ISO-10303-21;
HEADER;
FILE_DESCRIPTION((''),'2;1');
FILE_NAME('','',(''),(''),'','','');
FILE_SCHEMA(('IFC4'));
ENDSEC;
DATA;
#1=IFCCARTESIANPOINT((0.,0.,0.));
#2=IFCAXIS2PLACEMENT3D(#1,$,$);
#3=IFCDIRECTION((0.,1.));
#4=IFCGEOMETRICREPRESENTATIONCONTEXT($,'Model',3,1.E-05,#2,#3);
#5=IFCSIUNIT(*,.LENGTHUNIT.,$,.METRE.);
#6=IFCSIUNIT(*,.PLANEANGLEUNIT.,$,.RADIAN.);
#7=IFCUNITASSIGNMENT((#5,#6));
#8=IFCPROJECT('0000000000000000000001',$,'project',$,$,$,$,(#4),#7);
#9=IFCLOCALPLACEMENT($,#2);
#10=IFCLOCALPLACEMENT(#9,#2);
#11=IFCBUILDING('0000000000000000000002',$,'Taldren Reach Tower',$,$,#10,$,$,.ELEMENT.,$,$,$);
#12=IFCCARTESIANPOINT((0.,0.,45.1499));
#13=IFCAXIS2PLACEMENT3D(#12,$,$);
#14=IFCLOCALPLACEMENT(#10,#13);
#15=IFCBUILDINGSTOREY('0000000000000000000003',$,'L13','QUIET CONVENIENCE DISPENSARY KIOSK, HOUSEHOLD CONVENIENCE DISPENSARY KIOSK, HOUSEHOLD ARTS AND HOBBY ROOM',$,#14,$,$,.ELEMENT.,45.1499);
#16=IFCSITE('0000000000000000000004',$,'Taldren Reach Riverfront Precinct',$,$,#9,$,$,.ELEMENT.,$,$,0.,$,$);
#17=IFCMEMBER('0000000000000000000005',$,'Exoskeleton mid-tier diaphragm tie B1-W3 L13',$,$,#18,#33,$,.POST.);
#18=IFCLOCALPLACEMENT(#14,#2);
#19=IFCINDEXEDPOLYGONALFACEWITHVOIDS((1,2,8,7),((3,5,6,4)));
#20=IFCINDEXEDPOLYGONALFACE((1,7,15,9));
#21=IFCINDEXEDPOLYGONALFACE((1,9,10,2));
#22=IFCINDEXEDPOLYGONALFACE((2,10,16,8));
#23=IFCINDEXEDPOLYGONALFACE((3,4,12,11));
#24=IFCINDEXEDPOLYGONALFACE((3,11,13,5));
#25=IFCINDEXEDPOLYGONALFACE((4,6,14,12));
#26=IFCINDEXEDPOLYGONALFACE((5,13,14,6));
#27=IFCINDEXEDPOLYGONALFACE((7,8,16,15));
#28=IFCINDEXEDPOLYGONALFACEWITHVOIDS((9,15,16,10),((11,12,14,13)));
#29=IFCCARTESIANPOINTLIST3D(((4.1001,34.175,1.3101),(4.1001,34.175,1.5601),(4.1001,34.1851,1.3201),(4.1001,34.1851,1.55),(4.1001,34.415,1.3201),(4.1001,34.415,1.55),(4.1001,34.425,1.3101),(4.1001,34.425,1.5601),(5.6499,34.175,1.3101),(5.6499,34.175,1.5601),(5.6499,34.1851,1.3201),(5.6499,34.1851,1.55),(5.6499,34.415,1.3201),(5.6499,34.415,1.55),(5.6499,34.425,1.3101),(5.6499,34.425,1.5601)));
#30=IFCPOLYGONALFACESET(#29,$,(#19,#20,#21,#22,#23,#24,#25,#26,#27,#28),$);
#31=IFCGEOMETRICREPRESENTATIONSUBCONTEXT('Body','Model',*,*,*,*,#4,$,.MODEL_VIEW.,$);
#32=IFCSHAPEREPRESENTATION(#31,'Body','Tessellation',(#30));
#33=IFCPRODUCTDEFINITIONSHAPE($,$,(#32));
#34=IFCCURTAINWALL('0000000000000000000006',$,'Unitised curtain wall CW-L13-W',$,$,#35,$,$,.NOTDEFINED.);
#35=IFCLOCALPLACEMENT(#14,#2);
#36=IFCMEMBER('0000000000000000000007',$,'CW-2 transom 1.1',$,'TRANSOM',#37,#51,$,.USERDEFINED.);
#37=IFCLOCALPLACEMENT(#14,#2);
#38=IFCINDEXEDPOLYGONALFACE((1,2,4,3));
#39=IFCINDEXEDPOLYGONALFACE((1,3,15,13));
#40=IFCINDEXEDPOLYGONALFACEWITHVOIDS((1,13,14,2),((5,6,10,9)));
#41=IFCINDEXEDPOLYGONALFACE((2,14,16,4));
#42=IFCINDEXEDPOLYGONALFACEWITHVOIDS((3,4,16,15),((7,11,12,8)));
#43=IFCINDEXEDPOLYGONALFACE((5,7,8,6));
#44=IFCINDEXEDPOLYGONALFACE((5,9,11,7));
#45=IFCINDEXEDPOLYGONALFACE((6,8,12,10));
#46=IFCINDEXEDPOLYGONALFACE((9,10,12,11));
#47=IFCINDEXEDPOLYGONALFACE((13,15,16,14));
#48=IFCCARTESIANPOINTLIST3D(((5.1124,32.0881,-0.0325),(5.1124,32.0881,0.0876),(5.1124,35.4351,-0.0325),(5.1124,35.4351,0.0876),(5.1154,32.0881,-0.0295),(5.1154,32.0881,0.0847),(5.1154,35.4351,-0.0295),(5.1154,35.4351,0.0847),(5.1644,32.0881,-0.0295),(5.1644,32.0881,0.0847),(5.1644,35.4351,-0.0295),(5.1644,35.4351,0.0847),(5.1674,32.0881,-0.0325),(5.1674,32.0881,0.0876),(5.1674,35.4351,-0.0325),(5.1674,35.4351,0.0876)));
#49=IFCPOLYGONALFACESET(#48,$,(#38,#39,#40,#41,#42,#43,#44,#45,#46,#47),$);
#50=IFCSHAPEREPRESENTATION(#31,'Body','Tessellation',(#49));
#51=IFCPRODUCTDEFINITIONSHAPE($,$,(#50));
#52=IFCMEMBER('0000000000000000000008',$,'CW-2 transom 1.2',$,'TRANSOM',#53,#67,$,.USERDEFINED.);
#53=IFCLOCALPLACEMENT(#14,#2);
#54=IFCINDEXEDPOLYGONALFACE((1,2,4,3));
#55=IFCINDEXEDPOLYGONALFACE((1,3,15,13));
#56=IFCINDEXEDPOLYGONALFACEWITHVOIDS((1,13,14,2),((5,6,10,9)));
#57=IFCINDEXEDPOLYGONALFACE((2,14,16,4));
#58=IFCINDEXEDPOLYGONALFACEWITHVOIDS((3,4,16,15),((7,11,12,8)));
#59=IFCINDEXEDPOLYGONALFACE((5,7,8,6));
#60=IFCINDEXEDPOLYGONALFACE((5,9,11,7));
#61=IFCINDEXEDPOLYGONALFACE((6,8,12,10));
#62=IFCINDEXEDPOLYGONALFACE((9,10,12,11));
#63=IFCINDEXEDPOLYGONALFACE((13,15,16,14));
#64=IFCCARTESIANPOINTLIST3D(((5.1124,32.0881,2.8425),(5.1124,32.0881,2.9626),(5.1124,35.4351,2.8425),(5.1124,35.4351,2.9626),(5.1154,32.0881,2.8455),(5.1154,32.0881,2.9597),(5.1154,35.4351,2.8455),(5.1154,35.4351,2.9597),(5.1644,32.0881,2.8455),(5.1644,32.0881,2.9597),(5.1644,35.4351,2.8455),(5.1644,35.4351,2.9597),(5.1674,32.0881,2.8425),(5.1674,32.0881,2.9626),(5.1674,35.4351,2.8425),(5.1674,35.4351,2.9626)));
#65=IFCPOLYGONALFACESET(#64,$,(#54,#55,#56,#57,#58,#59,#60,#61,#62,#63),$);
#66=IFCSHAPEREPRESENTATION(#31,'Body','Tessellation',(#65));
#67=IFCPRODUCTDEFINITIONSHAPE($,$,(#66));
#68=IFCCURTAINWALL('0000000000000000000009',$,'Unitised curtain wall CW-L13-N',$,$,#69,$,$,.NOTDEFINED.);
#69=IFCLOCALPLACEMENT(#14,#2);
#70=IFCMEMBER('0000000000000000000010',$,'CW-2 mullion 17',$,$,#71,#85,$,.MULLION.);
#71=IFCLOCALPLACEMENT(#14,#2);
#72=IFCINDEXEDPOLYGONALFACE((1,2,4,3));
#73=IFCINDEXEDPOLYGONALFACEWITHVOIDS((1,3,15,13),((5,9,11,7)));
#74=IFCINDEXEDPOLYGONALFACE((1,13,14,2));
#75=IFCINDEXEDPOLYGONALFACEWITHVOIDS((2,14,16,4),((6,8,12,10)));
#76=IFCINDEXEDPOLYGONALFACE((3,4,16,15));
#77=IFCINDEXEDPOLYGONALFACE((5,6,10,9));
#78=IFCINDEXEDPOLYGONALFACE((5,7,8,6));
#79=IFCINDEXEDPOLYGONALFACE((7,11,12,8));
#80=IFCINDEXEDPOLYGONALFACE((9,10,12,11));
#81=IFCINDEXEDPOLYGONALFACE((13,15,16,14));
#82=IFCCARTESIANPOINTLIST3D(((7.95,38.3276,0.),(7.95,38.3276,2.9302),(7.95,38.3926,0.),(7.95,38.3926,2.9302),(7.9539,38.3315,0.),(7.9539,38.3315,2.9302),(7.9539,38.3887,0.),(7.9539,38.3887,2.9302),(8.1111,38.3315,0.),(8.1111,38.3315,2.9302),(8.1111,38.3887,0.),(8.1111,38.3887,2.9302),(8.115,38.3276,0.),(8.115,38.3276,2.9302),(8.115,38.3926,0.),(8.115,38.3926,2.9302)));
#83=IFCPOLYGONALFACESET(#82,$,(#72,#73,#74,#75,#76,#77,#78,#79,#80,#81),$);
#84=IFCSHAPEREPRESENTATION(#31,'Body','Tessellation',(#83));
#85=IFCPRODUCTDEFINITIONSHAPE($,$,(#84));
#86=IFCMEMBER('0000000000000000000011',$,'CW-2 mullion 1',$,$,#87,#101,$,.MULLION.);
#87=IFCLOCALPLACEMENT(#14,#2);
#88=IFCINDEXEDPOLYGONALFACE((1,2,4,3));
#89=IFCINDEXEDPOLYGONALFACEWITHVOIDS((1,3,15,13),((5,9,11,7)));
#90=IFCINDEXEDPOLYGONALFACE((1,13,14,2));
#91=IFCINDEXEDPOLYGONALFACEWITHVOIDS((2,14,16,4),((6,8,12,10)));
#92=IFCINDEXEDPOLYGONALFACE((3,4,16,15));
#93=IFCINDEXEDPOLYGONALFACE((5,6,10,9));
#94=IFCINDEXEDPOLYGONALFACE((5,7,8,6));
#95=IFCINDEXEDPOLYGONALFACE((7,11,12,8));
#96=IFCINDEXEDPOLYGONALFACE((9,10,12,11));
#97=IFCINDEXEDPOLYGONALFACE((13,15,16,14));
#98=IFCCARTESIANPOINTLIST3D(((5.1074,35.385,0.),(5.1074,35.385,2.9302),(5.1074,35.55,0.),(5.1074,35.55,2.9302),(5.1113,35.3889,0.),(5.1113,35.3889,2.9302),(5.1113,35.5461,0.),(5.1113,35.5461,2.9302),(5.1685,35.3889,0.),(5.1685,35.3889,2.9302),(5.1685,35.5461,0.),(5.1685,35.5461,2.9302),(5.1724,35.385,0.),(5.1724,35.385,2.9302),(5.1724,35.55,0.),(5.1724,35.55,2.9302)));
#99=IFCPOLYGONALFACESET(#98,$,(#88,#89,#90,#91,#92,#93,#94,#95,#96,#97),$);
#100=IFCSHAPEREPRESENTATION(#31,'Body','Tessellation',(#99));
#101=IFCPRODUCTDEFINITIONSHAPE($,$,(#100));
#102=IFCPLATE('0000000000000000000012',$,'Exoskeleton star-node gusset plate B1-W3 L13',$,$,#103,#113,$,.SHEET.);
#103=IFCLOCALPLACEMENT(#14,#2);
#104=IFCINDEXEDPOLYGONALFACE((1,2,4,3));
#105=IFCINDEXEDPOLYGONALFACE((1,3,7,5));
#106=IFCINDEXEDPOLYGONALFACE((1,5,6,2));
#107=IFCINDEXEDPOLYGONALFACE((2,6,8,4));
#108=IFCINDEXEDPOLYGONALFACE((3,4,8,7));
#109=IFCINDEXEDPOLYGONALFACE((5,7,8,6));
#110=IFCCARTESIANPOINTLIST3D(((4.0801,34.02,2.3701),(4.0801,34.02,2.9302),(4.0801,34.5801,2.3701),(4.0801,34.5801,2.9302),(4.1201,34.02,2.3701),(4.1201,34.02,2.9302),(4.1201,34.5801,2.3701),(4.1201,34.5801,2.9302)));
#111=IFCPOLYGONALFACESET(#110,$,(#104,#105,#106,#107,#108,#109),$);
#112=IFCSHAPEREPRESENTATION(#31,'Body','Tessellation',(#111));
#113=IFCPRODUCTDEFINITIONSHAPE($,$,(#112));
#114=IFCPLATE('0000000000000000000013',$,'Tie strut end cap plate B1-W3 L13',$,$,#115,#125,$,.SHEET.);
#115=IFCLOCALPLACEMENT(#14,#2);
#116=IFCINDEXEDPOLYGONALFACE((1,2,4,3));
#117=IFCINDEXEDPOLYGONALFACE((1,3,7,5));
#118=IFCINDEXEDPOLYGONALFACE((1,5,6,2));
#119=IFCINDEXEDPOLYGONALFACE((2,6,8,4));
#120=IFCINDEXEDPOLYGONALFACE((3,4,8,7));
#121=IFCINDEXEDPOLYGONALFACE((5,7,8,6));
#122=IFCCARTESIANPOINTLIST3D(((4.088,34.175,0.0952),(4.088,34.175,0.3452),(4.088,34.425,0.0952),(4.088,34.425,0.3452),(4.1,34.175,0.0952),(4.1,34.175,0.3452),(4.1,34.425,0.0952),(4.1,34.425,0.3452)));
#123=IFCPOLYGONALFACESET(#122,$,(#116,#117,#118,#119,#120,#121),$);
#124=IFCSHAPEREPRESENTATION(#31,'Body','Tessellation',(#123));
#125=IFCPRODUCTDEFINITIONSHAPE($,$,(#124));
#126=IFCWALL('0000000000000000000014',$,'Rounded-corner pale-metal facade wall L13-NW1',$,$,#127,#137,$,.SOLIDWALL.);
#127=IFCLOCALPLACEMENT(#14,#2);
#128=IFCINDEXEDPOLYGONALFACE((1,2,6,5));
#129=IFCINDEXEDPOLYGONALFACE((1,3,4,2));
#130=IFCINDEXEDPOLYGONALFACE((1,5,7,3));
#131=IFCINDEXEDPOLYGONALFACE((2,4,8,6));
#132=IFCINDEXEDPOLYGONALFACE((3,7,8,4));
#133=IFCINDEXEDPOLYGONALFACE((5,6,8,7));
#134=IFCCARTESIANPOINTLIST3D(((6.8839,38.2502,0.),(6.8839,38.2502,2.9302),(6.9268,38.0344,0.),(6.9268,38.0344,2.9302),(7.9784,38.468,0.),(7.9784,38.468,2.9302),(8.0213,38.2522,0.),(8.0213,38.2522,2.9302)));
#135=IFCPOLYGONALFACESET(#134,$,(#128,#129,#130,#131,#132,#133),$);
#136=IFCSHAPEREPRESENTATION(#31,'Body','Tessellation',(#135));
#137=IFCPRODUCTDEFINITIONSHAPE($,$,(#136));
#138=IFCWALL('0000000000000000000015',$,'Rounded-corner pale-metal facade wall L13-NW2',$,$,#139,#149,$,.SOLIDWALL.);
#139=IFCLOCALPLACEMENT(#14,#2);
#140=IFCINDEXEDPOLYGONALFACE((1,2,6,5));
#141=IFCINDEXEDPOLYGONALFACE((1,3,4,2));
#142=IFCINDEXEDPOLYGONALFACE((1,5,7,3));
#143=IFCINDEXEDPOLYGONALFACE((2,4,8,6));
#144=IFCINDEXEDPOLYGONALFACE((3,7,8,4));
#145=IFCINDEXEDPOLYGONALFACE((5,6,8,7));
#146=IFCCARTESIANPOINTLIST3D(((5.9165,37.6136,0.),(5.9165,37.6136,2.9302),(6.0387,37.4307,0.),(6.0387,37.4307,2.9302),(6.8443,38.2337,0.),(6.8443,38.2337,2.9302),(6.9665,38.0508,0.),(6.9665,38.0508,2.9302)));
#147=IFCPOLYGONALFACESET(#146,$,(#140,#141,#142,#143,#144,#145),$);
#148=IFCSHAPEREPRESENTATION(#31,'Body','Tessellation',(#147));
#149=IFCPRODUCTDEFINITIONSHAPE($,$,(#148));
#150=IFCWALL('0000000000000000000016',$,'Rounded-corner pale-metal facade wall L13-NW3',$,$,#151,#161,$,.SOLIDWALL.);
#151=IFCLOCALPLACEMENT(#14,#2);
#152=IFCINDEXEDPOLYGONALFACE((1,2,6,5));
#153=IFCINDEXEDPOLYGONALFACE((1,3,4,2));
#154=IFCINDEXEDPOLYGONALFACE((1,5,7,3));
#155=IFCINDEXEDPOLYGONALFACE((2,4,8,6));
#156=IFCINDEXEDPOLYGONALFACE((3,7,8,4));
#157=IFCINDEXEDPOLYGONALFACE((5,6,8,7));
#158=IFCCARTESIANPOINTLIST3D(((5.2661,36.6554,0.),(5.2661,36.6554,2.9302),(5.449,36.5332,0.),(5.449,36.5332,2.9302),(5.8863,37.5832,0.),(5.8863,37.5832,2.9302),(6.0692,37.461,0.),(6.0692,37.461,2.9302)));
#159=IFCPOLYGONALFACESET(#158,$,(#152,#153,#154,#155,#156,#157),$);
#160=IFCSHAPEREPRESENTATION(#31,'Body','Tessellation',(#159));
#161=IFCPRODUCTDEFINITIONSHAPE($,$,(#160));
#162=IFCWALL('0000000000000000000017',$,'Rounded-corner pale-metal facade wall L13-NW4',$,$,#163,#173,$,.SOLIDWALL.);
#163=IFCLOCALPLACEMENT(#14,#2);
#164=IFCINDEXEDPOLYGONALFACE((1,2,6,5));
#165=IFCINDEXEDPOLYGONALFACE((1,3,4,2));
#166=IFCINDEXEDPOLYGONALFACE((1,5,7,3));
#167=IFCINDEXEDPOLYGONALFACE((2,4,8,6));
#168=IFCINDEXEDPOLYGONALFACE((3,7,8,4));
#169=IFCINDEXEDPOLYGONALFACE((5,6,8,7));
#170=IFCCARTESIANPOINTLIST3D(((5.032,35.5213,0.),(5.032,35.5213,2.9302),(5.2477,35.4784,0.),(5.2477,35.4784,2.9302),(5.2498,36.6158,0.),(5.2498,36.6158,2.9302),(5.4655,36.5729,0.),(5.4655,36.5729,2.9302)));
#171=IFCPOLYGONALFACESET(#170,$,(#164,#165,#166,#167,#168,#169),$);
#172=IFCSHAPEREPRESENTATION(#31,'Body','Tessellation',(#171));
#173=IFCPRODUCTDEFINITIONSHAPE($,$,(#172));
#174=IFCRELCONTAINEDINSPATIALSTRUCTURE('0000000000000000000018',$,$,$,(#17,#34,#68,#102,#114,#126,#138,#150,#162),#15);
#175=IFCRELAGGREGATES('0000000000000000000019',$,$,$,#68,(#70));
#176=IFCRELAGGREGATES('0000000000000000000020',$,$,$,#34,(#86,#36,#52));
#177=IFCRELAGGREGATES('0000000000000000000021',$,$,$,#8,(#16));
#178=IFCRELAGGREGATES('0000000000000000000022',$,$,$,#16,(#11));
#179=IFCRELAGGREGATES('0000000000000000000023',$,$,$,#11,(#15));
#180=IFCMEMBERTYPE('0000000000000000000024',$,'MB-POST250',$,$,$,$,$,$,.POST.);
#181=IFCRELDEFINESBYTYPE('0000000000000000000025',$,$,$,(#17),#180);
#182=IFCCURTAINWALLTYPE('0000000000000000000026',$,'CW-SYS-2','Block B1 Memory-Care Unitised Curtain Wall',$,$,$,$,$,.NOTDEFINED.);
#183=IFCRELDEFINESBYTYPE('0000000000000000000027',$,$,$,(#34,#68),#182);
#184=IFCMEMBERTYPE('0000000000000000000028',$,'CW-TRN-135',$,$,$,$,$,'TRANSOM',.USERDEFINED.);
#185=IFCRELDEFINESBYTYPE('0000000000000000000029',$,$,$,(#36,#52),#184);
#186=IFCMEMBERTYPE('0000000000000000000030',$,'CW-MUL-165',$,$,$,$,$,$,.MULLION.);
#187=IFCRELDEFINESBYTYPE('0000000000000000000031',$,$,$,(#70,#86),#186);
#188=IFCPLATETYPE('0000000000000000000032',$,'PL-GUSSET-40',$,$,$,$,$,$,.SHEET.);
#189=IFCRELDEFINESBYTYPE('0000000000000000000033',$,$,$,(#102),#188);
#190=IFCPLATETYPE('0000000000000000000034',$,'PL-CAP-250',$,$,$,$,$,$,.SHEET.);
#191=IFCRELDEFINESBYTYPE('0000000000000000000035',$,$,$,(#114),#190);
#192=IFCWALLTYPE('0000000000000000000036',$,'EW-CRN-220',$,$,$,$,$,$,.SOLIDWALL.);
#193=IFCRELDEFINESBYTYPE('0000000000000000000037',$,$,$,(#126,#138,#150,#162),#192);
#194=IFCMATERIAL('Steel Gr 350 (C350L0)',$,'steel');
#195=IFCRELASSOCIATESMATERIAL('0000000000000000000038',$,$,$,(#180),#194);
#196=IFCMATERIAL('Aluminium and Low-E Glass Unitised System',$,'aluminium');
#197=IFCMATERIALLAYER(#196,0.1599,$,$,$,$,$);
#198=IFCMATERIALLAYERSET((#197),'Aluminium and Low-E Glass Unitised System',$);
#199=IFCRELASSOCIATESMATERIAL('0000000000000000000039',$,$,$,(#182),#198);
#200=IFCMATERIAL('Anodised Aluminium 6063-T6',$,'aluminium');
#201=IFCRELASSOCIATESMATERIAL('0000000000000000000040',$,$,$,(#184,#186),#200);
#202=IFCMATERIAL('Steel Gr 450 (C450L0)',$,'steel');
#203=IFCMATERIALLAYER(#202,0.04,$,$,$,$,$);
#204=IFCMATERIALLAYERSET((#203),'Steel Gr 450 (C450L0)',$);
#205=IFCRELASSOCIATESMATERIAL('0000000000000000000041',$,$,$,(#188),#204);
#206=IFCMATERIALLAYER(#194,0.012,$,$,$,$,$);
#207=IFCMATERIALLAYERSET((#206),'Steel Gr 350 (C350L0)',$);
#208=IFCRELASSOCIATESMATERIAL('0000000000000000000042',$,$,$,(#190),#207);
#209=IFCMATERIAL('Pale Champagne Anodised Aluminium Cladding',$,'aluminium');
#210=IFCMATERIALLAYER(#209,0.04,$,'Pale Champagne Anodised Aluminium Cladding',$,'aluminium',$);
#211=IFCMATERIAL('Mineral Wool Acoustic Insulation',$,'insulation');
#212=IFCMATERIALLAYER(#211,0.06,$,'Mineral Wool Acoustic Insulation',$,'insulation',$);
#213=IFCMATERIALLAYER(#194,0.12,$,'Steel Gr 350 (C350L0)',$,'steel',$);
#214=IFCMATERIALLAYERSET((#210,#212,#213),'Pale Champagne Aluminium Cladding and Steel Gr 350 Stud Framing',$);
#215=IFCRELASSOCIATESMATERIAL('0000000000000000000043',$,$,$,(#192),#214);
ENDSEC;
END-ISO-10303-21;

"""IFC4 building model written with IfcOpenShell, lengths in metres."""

from ifc_helpers import new_model, si_unit, direction, frame, frame_2d, origin, origin_2d, place, context, subcontext, project, spatial, rectangle, hollow_rectangle, extrude, source, transform, mapped, material, layer, layer_set, material_profile, profile_set, type_object, element, aggregate, save


model = new_model("IFC4")

# Units and contexts
model_context = context("Model", 3, precision=1e-05, world=origin(), true_north=direction((0.0, 1.0)))
body_context = subcontext(model_context, "Body", "Model", "MODEL_VIEW")
ifc_project = project(units=[si_unit("LENGTHUNIT", "METRE"), si_unit("PLANEANGLEUNIT", "RADIAN")], contexts=[model_context])

# Site, building, storey
site_placement = place(None, origin())
site = spatial("IfcSite", under=ifc_project, at=site_placement, Name="Taldren Reach Riverfront Precinct", CompositionType="ELEMENT", RefElevation=0.0)
building_placement = place(site_placement, origin())
building = spatial("IfcBuilding", under=site, at=building_placement, Name="Taldren Reach Tower", CompositionType="ELEMENT")
storey_placement = place(building_placement, frame((0.0, 0.0, 45.1499)))
storey = spatial("IfcBuildingStorey", under=building, at=storey_placement, Name="L13", Description="QUIET CONVENIENCE DISPENSARY KIOSK, HOUSEHOLD CONVENIENCE DISPENSARY KIOSK, HOUSEHOLD ARTS AND HOBBY ROOM", CompositionType="ELEMENT", Elevation=45.1499)

# Member
ifc_material_1 = material(Name="Steel Gr 450 (C450L0)", Category="steel")
ifc_material_2 = material(Name="Steel Gr 350 (C350L0)", Category="steel")
ifc_material_profile_1 = material_profile(ifc_material_2, hollow_rectangle(XDim=0.25, YDim=0.25, WallThickness=0.01, at=origin_2d()), Name="250x250x10.0SHS")
ifc_profile_set_1 = profile_set([ifc_material_profile_1], Name="Steel Gr 350 (C350L0)")
member_type_1 = type_object("IfcMemberType", Name="MB-POST250", PredefinedType="POST", material=ifc_profile_set_1)
shared_shape_1 = source(origin(), body_context, "Body", "SweptSolid", [
    extrude(hollow_rectangle(XDim=0.25, YDim=0.25, WallThickness=0.01, at=origin_2d()), origin(), (0.0, 0.0, 1.0), 1.5498),
])
for number, where, z_axis, x_axis, name in (
    (1, (5.6499, 34.3, 1.4351), (-1.0, 0.0, 0.0), (0.0, -1.0, 0.0), "Exoskeleton mid-tier diaphragm tie B1-W3 L13"),
):
    element("IfcMember", number, at=place(storey_placement, frame(where, z_axis=z_axis, x_axis=x_axis)), inside=storey, type_object=member_type_1, Name=name, PredefinedType="POST", context=body_context, shape_type="MappedRepresentation", body=[
        mapped(shared_shape_1, transform((0.0, 0.0, 0.0), scale=1.0)),
    ])

# Curtain wall, members
ifc_material_3 = material(Name="Aluminium and Low-E Glass Unitised System", Category="aluminium")
ifc_layer_1 = layer(ifc_material_3, 0.1599)
ifc_layer_set_1 = layer_set([ifc_layer_1], Name="Aluminium and Low-E Glass Unitised System")
curtain_wall_type = type_object("IfcCurtainWallType", Name="CW-SYS-2", Description="Block B1 Memory-Care Unitised Curtain Wall", PredefinedType="NOTDEFINED", material=ifc_layer_set_1)
curtain_wall_1_placement = place(storey_placement, origin())
curtain_wall_1 = element("IfcCurtainWall", 2, at=curtain_wall_1_placement, inside=storey, type_object=curtain_wall_type, Name="Unitised curtain wall CW-L13-W", PredefinedType="NOTDEFINED")
ifc_material_4 = material(Name="Anodised Aluminium 6063-T6", Category="aluminium")
ifc_material_profile_2 = material_profile(ifc_material_4, hollow_rectangle(XDim=0.0549, YDim=0.1201, WallThickness=0.0029, at=origin_2d()), Name="ALU-120x55x3RHS")
ifc_profile_set_2 = profile_set([ifc_material_profile_2], Name="Anodised Aluminium 6063-T6")
member_type_2 = type_object("IfcMemberType", Name="CW-TRN-135", ElementType="TRANSOM", PredefinedType="USERDEFINED", material=ifc_profile_set_2)
shared_shape_2 = source(origin(), body_context, "Body", "SweptSolid", [
    extrude(hollow_rectangle(XDim=0.0549, YDim=0.1201, WallThickness=0.0029, at=origin_2d()), origin(), (0.0, 0.0, 1.0), 3.3469),
])
member_1_placement = place(storey_placement, frame((5.1399, 35.4351, 0.0276), z_axis=(0.0, -1.0, 0.0), x_axis=(1.0, 0.0, 0.0)))
member_1 = element("IfcMember", 3, at=member_1_placement, type_object=member_type_2, Name="CW-2 transom 1.1", ObjectType="TRANSOM", PredefinedType="USERDEFINED", context=body_context, shape_type="MappedRepresentation", body=[
    mapped(shared_shape_2, transform((0.0, 0.0, 0.0), scale=1.0)),
])
member_2_placement = place(storey_placement, frame((5.1399, 35.4351, 2.9026), z_axis=(0.0, -1.0, 0.0), x_axis=(1.0, 0.0, 0.0)))
member_2 = element("IfcMember", 4, at=member_2_placement, type_object=member_type_2, Name="CW-2 transom 1.2", ObjectType="TRANSOM", PredefinedType="USERDEFINED", context=body_context, shape_type="MappedRepresentation", body=[
    mapped(shared_shape_2, transform((0.0, 0.0, 0.0), scale=1.0)),
])

# Curtain wall, member
curtain_wall_2_placement = place(storey_placement, origin())
curtain_wall_2 = element("IfcCurtainWall", 5, at=curtain_wall_2_placement, inside=storey, type_object=curtain_wall_type, Name="Unitised curtain wall CW-L13-N", PredefinedType="NOTDEFINED")
ifc_material_profile_3 = material_profile(ifc_material_4, hollow_rectangle(XDim=0.0649, YDim=0.165, WallThickness=0.0039, at=origin_2d()), Name="ALU-165x65x4RHS")
ifc_profile_set_3 = profile_set([ifc_material_profile_3], Name="Anodised Aluminium 6063-T6")
member_type_3 = type_object("IfcMemberType", Name="CW-MUL-165", PredefinedType="MULLION", material=ifc_profile_set_3)
shared_shape_3 = source(origin(), body_context, "Body", "SweptSolid", [
    extrude(hollow_rectangle(XDim=0.0649, YDim=0.165, WallThickness=0.0039, at=origin_2d()), origin(), (0.0, 0.0, 1.0), 2.9302),
])
member_3_placement = place(storey_placement, frame((8.0325, 38.3601, 0.0), z_axis=(0.0, 0.0, 1.0), x_axis=(0.0, -1.0, 0.0)))
member_3 = element("IfcMember", 6, at=member_3_placement, type_object=member_type_3, Name="CW-2 mullion 17", PredefinedType="MULLION", context=body_context, shape_type="MappedRepresentation", body=[
    mapped(shared_shape_3, transform((0.0, 0.0, 0.0), scale=1.0)),
])
aggregate(curtain_wall_2, [member_3])

# Member
member_4_placement = place(storey_placement, frame((5.1399, 35.4675, 0.0), z_axis=(0.0, 0.0, 1.0), x_axis=(1.0, 0.0, 0.0)))
member_4 = element("IfcMember", 7, at=member_4_placement, type_object=member_type_3, Name="CW-2 mullion 1", PredefinedType="MULLION", context=body_context, shape_type="MappedRepresentation", body=[
    mapped(shared_shape_3, transform((0.0, 0.0, 0.0), scale=1.0)),
])
aggregate(curtain_wall_1, [member_4, member_1, member_2])

# Plates
ifc_layer_2 = layer(ifc_material_1, 0.04)
ifc_layer_set_2 = layer_set([ifc_layer_2], Name="Steel Gr 450 (C450L0)")
plate_type_1 = type_object("IfcPlateType", Name="PL-GUSSET-40", PredefinedType="SHEET", material=ifc_layer_set_2)
shared_shape_4 = source(origin(), body_context, "Body", "SweptSolid", [
    extrude(rectangle(XDim=0.5601, YDim=0.04, at=origin_2d()), origin(), (0.0, 0.0, 1.0), 0.5601),
])
plate_1_placement = place(storey_placement, frame((4.1001, 34.3, 2.3701), z_axis=(0.0, 0.0, 1.0), x_axis=(0.0, 1.0, 0.0)))
element("IfcPlate", 8, at=plate_1_placement, inside=storey, type_object=plate_type_1, Name="Exoskeleton star-node gusset plate B1-W3 L13", PredefinedType="SHEET", context=body_context, shape_type="MappedRepresentation", body=[
    mapped(shared_shape_4, transform((0.0, 0.0, 0.0), scale=1.0)),
])
ifc_layer_3 = layer(ifc_material_2, 0.012)
ifc_layer_set_3 = layer_set([ifc_layer_3], Name="Steel Gr 350 (C350L0)")
plate_type_2 = type_object("IfcPlateType", Name="PL-CAP-250", PredefinedType="SHEET", material=ifc_layer_set_3)
shared_shape_5 = source(origin(), body_context, "Body", "SweptSolid", [
    extrude(rectangle(XDim=0.012, YDim=0.25, at=origin_2d()), origin(), (0.0, 0.0, 1.0), 0.25),
])
plate_2_placement = place(storey_placement, frame((4.094, 34.3, 0.0952), z_axis=(0.0, 0.0, 1.0), x_axis=(1.0, 0.0, 0.0)))
element("IfcPlate", 9, at=plate_2_placement, inside=storey, type_object=plate_type_2, Name="Tie strut end cap plate B1-W3 L13", PredefinedType="SHEET", context=body_context, shape_type="MappedRepresentation", body=[
    mapped(shared_shape_5, transform((0.0, 0.0, 0.0), scale=1.0)),
])

# Walls
ifc_material_5 = material(Name="Pale Champagne Anodised Aluminium Cladding", Category="aluminium")
ifc_layer_4 = layer(ifc_material_5, 0.04, Name="Pale Champagne Anodised Aluminium Cladding", Category="aluminium")
ifc_material_6 = material(Name="Mineral Wool Acoustic Insulation", Category="insulation")
ifc_layer_5 = layer(ifc_material_6, 0.06, Name="Mineral Wool Acoustic Insulation", Category="insulation")
ifc_layer_6 = layer(ifc_material_2, 0.12, Name="Steel Gr 350 (C350L0)", Category="steel")
ifc_layer_set_4 = layer_set([ifc_layer_4, ifc_layer_5, ifc_layer_6], Name="Pale Champagne Aluminium Cladding and Steel Gr 350 Stud Framing")
wall_type = type_object("IfcWallType", Name="EW-CRN-220", PredefinedType="SOLIDWALL", material=ifc_layer_set_4)
shared_shape_6 = source(origin(), body_context, "Body", "SweptSolid", [
    extrude(rectangle(XDim=1.116, YDim=0.22, at=frame_2d((0.5581, 0.0))), origin(), (0.0, 0.0, 1.0), 2.9302),
])
for number, where, z_axis, x_axis, name in (
    (10, (8.0, 38.3601, 0.0), (0.0, 0.0, 1.0), (-0.980774, -0.195148, 0.0), "Rounded-corner pale-metal facade wall L13-NW1"),
    (11, (6.9055, 38.1423, 0.0), (0.0, 0.0, 1.0), (-0.831377, -0.55571, 0.0), "Rounded-corner pale-metal facade wall L13-NW2"),
    (12, (5.9778, 37.5222, 0.0), (0.0, 0.0, 1.0), (-0.55571, -0.831377, 0.0), "Rounded-corner pale-metal facade wall L13-NW3"),
    (13, (5.3577, 36.5945, 0.0), (0.0, 0.0, 1.0), (-0.195148, -0.980774, 0.0), "Rounded-corner pale-metal facade wall L13-NW4"),
):
    element("IfcWall", number, at=place(storey_placement, frame(where, z_axis=z_axis, x_axis=x_axis)), inside=storey, type_object=wall_type, Name=name, PredefinedType="SOLIDWALL", context=body_context, shape_type="MappedRepresentation", body=[
        mapped(shared_shape_6, transform((0.0, 0.0, 0.0), scale=1.0)),
    ])

save(model, "model.ifc")
